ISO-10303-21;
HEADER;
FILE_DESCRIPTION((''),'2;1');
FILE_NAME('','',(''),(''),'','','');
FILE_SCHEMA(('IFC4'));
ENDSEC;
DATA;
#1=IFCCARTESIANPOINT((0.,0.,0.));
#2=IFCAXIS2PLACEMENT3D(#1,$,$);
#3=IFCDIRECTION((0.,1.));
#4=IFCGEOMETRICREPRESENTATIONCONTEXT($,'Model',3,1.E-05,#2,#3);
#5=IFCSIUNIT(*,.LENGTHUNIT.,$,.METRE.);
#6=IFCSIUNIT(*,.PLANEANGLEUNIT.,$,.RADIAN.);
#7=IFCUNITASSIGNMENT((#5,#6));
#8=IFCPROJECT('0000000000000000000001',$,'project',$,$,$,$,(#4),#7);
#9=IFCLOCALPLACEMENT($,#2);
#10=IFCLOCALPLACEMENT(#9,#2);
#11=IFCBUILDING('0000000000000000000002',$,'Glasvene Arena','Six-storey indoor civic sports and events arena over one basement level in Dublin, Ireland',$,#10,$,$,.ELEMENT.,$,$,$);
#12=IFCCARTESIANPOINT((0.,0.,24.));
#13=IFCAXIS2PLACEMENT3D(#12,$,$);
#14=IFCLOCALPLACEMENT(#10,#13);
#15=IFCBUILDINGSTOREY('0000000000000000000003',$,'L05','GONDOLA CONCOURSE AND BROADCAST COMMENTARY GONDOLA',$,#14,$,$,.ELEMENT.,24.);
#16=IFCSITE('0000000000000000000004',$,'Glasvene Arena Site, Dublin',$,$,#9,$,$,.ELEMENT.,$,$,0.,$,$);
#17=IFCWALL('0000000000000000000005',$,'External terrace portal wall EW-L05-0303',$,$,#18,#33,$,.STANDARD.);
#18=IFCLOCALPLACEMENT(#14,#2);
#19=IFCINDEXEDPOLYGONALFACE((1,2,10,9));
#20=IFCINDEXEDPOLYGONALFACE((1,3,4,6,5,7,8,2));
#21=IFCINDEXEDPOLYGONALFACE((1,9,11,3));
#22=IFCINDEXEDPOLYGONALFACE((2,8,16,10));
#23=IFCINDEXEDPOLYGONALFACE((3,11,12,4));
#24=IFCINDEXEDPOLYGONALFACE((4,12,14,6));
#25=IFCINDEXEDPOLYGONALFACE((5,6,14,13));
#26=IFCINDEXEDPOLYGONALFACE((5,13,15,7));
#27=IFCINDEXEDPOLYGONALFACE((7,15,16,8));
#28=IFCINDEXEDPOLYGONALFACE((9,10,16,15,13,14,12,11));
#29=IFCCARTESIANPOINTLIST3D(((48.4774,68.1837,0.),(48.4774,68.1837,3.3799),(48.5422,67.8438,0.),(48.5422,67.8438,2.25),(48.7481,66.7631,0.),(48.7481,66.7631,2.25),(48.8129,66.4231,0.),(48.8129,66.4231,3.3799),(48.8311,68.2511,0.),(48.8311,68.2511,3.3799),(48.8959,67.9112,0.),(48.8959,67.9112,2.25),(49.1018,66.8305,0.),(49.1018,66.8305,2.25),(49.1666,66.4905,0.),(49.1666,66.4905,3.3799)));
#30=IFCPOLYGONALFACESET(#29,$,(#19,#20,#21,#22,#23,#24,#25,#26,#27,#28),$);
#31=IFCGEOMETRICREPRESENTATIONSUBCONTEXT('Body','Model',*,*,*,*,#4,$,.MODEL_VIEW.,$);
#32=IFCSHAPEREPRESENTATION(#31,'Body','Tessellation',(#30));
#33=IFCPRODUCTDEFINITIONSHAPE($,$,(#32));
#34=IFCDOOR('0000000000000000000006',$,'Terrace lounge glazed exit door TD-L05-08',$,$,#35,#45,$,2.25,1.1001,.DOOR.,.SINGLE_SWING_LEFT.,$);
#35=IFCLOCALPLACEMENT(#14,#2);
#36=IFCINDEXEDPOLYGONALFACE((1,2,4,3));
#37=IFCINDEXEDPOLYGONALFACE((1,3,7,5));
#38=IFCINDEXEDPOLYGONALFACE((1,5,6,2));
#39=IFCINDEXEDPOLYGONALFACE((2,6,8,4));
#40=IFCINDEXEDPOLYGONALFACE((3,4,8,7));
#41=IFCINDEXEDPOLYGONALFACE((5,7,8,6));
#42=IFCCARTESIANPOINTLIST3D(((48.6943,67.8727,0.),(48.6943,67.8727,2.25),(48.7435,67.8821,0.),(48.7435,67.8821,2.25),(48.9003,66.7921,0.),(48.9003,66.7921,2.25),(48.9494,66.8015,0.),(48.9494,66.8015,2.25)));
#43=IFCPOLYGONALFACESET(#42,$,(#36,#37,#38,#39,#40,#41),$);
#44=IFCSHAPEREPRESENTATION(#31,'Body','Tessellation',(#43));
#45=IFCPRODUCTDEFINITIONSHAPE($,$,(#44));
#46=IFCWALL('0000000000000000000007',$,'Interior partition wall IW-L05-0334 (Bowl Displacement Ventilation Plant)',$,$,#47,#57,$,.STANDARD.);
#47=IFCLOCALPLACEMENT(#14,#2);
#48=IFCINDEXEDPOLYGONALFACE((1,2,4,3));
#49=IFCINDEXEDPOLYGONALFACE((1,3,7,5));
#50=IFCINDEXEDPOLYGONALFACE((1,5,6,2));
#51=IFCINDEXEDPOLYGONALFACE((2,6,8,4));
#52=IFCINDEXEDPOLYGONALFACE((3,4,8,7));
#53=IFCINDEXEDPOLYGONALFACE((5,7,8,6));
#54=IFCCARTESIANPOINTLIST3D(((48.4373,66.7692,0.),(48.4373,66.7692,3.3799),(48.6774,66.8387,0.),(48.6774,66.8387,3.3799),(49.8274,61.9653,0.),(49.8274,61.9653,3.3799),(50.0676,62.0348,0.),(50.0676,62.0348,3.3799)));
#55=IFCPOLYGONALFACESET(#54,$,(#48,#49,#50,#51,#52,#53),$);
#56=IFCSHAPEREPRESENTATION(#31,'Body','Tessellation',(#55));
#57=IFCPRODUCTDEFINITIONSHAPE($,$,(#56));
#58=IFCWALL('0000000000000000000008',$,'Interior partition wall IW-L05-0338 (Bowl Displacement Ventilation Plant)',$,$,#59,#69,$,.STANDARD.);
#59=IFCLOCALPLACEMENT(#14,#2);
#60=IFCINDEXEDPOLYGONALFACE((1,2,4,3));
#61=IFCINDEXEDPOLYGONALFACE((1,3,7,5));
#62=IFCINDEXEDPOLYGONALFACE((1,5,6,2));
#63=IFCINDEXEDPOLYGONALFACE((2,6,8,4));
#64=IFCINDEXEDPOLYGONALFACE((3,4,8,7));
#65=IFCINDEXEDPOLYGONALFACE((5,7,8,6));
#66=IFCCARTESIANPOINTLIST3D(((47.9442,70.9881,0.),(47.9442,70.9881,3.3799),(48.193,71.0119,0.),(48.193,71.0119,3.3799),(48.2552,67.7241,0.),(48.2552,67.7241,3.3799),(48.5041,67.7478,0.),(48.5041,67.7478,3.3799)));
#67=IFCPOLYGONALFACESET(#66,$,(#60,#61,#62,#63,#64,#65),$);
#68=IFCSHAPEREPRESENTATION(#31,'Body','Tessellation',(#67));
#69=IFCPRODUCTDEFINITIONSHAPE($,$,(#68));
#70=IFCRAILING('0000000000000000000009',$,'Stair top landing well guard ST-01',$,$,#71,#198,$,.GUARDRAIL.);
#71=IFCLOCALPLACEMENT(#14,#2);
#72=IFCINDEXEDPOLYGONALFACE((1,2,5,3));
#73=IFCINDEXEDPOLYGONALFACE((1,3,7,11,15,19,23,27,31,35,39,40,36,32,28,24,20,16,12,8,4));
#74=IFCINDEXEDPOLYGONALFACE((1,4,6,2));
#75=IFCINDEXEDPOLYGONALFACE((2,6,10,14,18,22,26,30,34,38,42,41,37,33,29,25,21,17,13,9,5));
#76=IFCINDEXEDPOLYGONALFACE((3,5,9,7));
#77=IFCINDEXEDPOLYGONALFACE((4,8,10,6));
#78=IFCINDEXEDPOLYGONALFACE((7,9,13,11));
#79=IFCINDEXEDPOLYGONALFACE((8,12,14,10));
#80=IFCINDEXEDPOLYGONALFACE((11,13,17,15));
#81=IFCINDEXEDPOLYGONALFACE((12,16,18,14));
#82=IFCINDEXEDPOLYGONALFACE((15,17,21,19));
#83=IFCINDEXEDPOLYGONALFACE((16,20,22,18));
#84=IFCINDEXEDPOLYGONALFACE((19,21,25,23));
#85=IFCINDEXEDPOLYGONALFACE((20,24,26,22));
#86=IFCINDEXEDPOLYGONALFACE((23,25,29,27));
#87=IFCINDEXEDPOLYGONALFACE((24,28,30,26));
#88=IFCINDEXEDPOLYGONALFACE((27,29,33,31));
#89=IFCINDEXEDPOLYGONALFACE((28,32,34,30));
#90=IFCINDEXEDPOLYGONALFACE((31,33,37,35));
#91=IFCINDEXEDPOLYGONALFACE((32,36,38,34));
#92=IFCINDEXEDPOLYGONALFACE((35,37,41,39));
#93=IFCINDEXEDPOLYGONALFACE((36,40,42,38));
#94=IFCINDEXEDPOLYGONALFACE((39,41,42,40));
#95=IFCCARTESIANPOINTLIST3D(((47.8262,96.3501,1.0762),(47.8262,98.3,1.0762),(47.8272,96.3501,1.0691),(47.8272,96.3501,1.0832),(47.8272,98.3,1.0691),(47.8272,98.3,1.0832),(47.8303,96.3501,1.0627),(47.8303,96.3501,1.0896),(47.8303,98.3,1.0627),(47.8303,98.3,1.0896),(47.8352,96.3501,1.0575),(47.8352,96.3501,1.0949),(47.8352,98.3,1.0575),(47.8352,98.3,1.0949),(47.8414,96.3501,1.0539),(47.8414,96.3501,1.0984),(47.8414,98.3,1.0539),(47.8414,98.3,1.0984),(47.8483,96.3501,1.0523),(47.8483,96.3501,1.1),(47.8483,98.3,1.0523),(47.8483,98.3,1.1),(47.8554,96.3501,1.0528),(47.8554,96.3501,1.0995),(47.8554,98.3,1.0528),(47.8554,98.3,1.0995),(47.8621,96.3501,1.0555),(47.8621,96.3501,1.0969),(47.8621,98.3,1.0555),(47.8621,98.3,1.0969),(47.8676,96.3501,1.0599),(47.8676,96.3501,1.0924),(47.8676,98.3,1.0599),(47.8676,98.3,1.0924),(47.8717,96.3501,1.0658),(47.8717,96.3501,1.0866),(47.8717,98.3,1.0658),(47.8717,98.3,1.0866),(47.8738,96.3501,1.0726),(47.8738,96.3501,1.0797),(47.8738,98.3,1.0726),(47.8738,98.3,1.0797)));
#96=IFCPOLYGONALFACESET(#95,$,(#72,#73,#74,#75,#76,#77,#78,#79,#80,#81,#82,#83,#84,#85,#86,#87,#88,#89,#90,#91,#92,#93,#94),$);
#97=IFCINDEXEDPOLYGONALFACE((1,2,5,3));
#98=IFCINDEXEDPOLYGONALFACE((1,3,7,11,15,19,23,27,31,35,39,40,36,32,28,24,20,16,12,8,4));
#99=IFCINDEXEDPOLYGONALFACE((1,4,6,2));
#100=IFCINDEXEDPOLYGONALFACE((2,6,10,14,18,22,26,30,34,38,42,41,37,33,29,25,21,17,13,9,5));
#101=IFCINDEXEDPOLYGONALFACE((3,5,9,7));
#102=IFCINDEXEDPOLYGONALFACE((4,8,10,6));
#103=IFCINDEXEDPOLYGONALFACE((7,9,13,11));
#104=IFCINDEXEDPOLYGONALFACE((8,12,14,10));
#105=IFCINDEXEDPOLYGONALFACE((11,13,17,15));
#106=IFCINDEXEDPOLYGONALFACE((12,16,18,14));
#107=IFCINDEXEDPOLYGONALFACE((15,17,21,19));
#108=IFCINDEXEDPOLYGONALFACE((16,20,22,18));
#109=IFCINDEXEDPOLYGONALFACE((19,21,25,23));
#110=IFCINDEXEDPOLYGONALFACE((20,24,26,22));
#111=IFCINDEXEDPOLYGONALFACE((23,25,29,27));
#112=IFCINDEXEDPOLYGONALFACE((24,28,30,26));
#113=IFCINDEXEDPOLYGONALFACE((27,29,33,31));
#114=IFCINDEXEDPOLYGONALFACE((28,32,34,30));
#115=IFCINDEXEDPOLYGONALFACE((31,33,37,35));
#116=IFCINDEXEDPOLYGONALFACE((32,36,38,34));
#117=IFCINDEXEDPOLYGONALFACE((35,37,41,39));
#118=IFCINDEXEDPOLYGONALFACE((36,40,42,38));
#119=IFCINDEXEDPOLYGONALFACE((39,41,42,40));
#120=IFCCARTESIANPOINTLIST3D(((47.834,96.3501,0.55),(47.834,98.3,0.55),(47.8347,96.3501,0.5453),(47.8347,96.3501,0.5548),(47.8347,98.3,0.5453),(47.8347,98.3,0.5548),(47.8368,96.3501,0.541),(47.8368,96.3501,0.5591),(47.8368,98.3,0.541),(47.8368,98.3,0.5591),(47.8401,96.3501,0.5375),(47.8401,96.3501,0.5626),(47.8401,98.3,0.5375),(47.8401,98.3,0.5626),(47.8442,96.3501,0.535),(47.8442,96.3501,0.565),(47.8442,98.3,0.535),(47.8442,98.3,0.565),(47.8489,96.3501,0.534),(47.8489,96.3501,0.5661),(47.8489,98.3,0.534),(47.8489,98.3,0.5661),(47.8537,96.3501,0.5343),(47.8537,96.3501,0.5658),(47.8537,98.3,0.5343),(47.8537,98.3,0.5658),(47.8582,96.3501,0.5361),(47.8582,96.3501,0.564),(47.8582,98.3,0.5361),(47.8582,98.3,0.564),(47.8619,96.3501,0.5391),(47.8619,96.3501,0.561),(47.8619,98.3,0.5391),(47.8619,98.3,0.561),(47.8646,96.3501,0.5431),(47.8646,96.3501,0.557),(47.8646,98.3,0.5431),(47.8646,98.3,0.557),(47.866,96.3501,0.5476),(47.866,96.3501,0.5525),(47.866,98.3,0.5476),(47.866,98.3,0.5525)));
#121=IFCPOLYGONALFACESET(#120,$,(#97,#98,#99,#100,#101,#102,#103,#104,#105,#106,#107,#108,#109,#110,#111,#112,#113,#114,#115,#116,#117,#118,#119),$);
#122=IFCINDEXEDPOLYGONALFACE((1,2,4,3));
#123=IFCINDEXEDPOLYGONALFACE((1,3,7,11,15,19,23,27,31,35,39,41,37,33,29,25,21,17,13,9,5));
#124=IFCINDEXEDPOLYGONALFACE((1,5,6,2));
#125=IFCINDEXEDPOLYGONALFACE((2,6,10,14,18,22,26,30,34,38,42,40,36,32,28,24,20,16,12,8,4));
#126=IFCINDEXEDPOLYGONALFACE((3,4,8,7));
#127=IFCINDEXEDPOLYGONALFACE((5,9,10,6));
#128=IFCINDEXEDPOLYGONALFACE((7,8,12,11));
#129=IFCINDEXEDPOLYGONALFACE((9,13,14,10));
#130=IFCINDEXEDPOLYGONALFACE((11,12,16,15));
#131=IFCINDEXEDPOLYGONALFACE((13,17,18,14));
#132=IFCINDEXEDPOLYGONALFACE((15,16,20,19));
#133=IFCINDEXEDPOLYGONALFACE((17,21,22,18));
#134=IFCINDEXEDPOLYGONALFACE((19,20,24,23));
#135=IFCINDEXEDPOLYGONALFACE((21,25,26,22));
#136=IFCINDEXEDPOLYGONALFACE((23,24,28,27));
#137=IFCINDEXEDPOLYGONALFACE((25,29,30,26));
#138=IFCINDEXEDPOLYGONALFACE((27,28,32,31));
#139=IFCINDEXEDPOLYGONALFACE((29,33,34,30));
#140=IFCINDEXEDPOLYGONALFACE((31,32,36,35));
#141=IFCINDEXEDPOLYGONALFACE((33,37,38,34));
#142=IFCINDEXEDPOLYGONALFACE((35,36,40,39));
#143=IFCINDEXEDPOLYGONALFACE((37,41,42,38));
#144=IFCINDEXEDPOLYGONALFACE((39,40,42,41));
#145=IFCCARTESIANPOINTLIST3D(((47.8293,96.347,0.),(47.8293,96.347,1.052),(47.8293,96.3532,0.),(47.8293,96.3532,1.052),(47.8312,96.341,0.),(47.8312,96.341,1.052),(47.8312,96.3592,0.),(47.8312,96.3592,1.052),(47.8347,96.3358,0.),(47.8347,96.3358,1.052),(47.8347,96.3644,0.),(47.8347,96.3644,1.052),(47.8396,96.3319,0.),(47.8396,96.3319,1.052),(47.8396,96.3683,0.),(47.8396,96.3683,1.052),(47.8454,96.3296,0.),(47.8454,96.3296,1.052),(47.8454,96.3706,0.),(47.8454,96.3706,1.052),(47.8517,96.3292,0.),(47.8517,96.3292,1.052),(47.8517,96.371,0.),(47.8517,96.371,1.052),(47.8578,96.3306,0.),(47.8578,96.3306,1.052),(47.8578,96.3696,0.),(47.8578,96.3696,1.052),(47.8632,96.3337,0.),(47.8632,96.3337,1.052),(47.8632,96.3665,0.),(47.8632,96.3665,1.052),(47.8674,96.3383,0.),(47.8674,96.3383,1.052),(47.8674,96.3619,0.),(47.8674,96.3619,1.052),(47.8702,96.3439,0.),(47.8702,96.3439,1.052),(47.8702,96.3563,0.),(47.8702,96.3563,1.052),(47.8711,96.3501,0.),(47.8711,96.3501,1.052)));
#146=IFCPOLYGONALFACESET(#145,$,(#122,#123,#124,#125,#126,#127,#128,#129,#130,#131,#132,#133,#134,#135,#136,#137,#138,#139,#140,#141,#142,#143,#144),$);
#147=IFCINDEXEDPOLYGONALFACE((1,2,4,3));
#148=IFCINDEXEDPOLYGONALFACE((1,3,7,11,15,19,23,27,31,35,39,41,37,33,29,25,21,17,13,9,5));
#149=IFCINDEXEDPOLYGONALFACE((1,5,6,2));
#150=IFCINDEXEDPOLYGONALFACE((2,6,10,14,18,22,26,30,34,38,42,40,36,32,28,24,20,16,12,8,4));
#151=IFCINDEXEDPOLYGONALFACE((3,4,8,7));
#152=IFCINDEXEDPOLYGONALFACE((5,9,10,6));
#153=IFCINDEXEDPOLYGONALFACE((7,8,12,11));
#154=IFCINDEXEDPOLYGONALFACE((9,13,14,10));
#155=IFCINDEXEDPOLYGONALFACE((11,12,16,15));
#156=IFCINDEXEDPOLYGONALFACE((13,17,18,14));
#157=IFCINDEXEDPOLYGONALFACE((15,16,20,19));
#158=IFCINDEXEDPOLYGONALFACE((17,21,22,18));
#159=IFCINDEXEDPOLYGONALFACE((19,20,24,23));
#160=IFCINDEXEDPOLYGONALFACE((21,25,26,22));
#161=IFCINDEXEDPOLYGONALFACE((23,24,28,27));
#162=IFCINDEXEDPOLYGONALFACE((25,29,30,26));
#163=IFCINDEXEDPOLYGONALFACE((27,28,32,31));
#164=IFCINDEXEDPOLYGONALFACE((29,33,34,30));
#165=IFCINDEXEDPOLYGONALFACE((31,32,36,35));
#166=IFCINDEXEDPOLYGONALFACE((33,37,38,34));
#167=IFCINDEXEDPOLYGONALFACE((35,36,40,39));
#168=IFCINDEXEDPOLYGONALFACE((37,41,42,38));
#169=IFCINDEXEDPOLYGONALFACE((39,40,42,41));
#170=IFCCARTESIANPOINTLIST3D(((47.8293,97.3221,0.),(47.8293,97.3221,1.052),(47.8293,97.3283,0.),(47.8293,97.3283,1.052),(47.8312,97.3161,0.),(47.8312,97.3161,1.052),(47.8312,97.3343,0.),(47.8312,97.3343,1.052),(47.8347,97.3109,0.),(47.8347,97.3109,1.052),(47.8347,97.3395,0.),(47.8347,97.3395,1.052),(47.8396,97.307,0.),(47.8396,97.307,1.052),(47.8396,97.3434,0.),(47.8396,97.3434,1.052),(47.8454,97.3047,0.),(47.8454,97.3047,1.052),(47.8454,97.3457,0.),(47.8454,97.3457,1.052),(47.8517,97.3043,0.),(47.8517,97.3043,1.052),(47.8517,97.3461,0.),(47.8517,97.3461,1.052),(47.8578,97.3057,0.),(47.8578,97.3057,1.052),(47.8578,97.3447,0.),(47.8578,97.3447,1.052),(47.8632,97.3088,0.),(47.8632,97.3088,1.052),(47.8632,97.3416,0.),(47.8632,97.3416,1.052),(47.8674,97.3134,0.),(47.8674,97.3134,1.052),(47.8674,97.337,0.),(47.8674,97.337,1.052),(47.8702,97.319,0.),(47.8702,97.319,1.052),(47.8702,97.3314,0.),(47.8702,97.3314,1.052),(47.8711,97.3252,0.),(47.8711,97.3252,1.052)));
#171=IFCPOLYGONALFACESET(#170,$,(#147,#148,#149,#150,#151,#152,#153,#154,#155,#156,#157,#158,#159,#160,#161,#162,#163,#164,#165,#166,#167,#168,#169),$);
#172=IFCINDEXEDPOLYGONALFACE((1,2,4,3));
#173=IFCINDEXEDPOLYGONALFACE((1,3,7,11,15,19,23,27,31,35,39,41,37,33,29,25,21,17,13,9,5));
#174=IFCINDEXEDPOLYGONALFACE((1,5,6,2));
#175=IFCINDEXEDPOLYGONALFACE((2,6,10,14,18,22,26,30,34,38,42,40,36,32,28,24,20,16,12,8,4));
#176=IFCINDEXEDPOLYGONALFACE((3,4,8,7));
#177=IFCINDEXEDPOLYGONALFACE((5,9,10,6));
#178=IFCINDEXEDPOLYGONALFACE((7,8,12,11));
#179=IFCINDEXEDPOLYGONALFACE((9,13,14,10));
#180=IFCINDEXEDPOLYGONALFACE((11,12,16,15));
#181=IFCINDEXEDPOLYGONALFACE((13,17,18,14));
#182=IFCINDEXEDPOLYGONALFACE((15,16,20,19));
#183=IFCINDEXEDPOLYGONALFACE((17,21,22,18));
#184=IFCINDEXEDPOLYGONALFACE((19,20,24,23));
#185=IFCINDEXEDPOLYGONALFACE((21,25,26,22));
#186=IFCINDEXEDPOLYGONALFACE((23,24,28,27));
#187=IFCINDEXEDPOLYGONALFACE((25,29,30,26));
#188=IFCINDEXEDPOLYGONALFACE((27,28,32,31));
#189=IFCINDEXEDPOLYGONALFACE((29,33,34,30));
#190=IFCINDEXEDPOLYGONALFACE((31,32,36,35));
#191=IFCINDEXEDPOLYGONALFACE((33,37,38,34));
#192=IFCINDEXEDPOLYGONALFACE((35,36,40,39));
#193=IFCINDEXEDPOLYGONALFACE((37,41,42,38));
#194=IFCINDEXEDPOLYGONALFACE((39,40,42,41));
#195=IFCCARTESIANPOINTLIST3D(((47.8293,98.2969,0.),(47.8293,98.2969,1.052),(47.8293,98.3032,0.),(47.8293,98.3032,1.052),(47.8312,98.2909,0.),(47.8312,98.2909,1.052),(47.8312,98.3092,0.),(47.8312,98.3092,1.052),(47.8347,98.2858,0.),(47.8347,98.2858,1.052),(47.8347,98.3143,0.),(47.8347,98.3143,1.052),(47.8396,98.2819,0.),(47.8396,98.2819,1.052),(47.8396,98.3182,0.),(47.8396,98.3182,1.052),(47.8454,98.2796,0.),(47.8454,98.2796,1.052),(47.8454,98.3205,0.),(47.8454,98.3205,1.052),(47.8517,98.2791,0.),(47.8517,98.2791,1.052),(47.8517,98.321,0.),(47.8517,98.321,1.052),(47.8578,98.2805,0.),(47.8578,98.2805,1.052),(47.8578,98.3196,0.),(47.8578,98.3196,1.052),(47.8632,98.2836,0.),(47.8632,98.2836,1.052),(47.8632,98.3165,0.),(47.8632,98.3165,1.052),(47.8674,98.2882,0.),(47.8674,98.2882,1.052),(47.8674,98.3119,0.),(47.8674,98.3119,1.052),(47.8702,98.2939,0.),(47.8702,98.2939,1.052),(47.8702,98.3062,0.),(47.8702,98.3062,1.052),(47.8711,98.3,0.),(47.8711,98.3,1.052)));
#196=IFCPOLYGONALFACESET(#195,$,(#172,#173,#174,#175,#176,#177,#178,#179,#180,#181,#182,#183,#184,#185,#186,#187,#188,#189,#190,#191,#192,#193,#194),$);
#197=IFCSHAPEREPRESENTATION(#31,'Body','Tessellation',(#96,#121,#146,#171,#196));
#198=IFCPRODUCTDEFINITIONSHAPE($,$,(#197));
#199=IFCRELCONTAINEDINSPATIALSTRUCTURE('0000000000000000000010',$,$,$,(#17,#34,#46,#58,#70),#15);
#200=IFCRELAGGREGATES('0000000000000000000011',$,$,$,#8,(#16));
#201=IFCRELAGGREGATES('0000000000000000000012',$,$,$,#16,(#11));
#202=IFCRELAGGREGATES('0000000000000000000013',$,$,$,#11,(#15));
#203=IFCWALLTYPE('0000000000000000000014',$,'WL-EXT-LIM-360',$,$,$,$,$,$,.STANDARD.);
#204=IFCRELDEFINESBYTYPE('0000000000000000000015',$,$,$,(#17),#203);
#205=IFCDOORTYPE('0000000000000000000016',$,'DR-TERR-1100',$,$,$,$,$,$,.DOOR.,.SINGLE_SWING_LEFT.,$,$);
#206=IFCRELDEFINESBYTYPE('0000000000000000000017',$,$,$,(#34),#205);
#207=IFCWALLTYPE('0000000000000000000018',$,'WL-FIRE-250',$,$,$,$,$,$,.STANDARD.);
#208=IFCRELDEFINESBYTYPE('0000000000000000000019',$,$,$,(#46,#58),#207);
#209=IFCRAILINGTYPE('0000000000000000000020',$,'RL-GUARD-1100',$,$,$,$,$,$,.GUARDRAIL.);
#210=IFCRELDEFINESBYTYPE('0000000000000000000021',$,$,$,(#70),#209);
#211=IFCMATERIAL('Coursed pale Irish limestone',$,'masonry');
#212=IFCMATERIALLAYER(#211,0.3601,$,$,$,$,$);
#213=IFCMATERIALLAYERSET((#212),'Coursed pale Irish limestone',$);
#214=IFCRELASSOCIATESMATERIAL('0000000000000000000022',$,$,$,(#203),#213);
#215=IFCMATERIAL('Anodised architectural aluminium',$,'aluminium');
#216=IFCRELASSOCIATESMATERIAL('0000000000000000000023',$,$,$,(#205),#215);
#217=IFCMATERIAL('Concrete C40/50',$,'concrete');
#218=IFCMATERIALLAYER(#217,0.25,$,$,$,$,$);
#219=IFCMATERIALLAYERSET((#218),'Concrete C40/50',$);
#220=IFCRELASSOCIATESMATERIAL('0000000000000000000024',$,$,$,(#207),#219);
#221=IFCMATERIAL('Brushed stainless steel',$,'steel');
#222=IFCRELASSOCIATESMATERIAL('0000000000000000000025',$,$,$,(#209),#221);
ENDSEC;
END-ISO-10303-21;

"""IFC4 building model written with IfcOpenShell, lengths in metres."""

from ifc_helpers import new_model, si_unit, direction, frame, frame_2d, origin, origin_2d, place, context, subcontext, project, spatial, rectangle, circle, extrude, material, layer, layer_set, type_object, element, fill, save


model = new_model("IFC4")

# Units and contexts
model_context = context("Model", 3, precision=1e-05, world=origin(), true_north=direction((0.0, 1.0)))
body_context = subcontext(model_context, "Body", "Model", "MODEL_VIEW")
ifc_project = project(units=[si_unit("LENGTHUNIT", "METRE"), si_unit("PLANEANGLEUNIT", "RADIAN")], contexts=[model_context])

# Site, building, storey
site_placement = place(None, origin())
site = spatial("IfcSite", under=ifc_project, at=site_placement, Name="Glasvene Arena Site, Dublin", CompositionType="ELEMENT", RefElevation=0.0)
building_placement = place(site_placement, origin())
building = spatial("IfcBuilding", under=site, at=building_placement, Name="Glasvene Arena", Description="Six-storey indoor civic sports and events arena over one basement level in Dublin, Ireland", CompositionType="ELEMENT")
storey_placement = place(building_placement, frame((0.0, 0.0, 24.0)))
storey = spatial("IfcBuildingStorey", under=building, at=storey_placement, Name="L05", Description="GONDOLA CONCOURSE AND BROADCAST COMMENTARY GONDOLA", CompositionType="ELEMENT", Elevation=24.0)

# Shared definitions
ifc_material_1 = material(Name="Anodised architectural aluminium", Category="aluminium")

# Shared definitions
ifc_material_2 = material(Name="Concrete C40/50", Category="concrete")

# Wall, opening, door
ifc_material_3 = material(Name="Coursed pale Irish limestone", Category="masonry")
ifc_layer_1 = layer(ifc_material_3, 0.3601)
ifc_layer_set_1 = layer_set([ifc_layer_1], Name="Coursed pale Irish limestone")
wall_type_1 = type_object("IfcWallType", Name="WL-EXT-LIM-360", PredefinedType="STANDARD", material=ifc_layer_set_1)
wall_1_placement = place(storey_placement, frame((48.6543, 68.2173, 0.0), z_axis=(0.0, 0.0, 1.0), x_axis=(0.187175, -0.982327, 0.0)))
wall_1 = element("IfcWall", 1, at=wall_1_placement, inside=storey, type_object=wall_type_1, Name="External terrace portal wall EW-L05-0303", PredefinedType="STANDARD", context=body_context, shape_type="SweptSolid", body=[
    extrude(rectangle(XDim=1.7922, YDim=0.3601, at=frame_2d((0.896, 0.0))), origin(), (0.0, 0.0, 1.0), 3.3799),
])
opening_1_placement = place(wall_1_placement, frame((0.3459, 0.0, 0.0)))
opening_1 = element("IfcOpeningElement", 2, at=opening_1_placement, cuts=wall_1, PredefinedType="OPENING", context=body_context, shape_type="SweptSolid", body=[
    extrude(rectangle(XDim=1.1001, YDim=2.25, at=frame_2d((0.55, 1.125))), frame((0.0, 0.1899, 0.0), z_axis=(0.0, -1.0, 0.0), x_axis=(1.0, 0.0, 0.0)), (0.0, 0.0, 1.0), 0.3801),
])
door_type_1 = type_object("IfcDoorType", Name="DR-TERR-1100", OperationType="SINGLE_SWING_LEFT", PredefinedType="DOOR", material=ifc_material_1)
door_1_placement = place(opening_1_placement, origin())
door_1 = element("IfcDoor", 3, at=door_1_placement, inside=storey, type_object=door_type_1, Name="Terrace lounge glazed exit door TD-L05-08", OperationType="SINGLE_SWING_LEFT", OverallHeight=2.25, OverallWidth=1.1001, PredefinedType="DOOR", context=body_context, shape_type="SweptSolid", body=[
    extrude(rectangle(XDim=1.1001, YDim=2.25, at=frame_2d((0.55, 1.125))), frame((0.0, 0.0249, 0.0), z_axis=(0.0, -1.0, 0.0), x_axis=(1.0, 0.0, 0.0)), (0.0, 0.0, 1.0), 0.05),
])
fill(opening_1, door_1)

# Walls
ifc_layer_2 = layer(ifc_material_2, 0.25)
ifc_layer_set_2 = layer_set([ifc_layer_2], Name="Concrete C40/50")
wall_type_2 = type_object("IfcWallType", Name="WL-FIRE-250", PredefinedType="STANDARD", material=ifc_layer_set_2)
wall_2_placement = place(storey_placement, frame((48.5574, 66.804, 0.0), z_axis=(0.0, 0.0, 1.0), x_axis=(0.277969, -0.96059, 0.0)))
element("IfcWall", 4, at=wall_2_placement, inside=storey, type_object=wall_type_2, Name="Interior partition wall IW-L05-0334 (Bowl Displacement Ventilation Plant)", PredefinedType="STANDARD", context=body_context, shape_type="SweptSolid", body=[
    extrude(rectangle(XDim=5.001, YDim=0.25, at=frame_2d((2.5005, 0.0))), origin(), (0.0, 0.0, 1.0), 3.3799),
])
wall_3_placement = place(storey_placement, frame((48.0686, 71.0, 0.0), z_axis=(0.0, 0.0, 1.0), x_axis=(0.094865, -0.99549, 0.0)))
element("IfcWall", 5, at=wall_3_placement, inside=storey, type_object=wall_type_2, Name="Interior partition wall IW-L05-0338 (Bowl Displacement Ventilation Plant)", PredefinedType="STANDARD", context=body_context, shape_type="SweptSolid", body=[
    extrude(rectangle(XDim=3.2788, YDim=0.25, at=frame_2d((1.6394, 0.0))), origin(), (0.0, 0.0, 1.0), 3.3799),
])

# Railing
ifc_material_4 = material(Name="Brushed stainless steel", Category="steel")
railing_type_1 = type_object("IfcRailingType", Name="RL-GUARD-1100", PredefinedType="GUARDRAIL", material=ifc_material_4)
railing_1_placement = place(storey_placement, frame((47.8501, 96.3501, 0.0)))
element("IfcRailing", 6, at=railing_1_placement, inside=storey, type_object=railing_type_1, Name="Stair top landing well guard ST-01", PredefinedType="GUARDRAIL", context=body_context, shape_type="SweptSolid", body=[
    extrude(circle(Radius=0.0239, at=origin_2d()), frame((0.0, 0.0, 1.0762), z_axis=(0.0, 1.0, 0.0), x_axis=(-1.0, 0.0, 0.0)), (0.0, 0.0, 1.0), 1.95),
    extrude(circle(Radius=0.0161, at=origin_2d()), frame((0.0, 0.0, 0.55), z_axis=(0.0, 1.0, 0.0), x_axis=(-1.0, 0.0, 0.0)), (0.0, 0.0, 1.0), 1.95),
    extrude(circle(Radius=0.021, at=origin_2d()), origin(), (0.0, 0.0, 1.0), 1.052),
    extrude(circle(Radius=0.021, at=origin_2d()), frame((0.0, 0.9751, 0.0)), (0.0, 0.0, 1.0), 1.052),
    extrude(circle(Radius=0.021, at=origin_2d()), frame((0.0, 1.95, 0.0)), (0.0, 0.0, 1.0), 1.052),
])

save(model, "model.ifc")
